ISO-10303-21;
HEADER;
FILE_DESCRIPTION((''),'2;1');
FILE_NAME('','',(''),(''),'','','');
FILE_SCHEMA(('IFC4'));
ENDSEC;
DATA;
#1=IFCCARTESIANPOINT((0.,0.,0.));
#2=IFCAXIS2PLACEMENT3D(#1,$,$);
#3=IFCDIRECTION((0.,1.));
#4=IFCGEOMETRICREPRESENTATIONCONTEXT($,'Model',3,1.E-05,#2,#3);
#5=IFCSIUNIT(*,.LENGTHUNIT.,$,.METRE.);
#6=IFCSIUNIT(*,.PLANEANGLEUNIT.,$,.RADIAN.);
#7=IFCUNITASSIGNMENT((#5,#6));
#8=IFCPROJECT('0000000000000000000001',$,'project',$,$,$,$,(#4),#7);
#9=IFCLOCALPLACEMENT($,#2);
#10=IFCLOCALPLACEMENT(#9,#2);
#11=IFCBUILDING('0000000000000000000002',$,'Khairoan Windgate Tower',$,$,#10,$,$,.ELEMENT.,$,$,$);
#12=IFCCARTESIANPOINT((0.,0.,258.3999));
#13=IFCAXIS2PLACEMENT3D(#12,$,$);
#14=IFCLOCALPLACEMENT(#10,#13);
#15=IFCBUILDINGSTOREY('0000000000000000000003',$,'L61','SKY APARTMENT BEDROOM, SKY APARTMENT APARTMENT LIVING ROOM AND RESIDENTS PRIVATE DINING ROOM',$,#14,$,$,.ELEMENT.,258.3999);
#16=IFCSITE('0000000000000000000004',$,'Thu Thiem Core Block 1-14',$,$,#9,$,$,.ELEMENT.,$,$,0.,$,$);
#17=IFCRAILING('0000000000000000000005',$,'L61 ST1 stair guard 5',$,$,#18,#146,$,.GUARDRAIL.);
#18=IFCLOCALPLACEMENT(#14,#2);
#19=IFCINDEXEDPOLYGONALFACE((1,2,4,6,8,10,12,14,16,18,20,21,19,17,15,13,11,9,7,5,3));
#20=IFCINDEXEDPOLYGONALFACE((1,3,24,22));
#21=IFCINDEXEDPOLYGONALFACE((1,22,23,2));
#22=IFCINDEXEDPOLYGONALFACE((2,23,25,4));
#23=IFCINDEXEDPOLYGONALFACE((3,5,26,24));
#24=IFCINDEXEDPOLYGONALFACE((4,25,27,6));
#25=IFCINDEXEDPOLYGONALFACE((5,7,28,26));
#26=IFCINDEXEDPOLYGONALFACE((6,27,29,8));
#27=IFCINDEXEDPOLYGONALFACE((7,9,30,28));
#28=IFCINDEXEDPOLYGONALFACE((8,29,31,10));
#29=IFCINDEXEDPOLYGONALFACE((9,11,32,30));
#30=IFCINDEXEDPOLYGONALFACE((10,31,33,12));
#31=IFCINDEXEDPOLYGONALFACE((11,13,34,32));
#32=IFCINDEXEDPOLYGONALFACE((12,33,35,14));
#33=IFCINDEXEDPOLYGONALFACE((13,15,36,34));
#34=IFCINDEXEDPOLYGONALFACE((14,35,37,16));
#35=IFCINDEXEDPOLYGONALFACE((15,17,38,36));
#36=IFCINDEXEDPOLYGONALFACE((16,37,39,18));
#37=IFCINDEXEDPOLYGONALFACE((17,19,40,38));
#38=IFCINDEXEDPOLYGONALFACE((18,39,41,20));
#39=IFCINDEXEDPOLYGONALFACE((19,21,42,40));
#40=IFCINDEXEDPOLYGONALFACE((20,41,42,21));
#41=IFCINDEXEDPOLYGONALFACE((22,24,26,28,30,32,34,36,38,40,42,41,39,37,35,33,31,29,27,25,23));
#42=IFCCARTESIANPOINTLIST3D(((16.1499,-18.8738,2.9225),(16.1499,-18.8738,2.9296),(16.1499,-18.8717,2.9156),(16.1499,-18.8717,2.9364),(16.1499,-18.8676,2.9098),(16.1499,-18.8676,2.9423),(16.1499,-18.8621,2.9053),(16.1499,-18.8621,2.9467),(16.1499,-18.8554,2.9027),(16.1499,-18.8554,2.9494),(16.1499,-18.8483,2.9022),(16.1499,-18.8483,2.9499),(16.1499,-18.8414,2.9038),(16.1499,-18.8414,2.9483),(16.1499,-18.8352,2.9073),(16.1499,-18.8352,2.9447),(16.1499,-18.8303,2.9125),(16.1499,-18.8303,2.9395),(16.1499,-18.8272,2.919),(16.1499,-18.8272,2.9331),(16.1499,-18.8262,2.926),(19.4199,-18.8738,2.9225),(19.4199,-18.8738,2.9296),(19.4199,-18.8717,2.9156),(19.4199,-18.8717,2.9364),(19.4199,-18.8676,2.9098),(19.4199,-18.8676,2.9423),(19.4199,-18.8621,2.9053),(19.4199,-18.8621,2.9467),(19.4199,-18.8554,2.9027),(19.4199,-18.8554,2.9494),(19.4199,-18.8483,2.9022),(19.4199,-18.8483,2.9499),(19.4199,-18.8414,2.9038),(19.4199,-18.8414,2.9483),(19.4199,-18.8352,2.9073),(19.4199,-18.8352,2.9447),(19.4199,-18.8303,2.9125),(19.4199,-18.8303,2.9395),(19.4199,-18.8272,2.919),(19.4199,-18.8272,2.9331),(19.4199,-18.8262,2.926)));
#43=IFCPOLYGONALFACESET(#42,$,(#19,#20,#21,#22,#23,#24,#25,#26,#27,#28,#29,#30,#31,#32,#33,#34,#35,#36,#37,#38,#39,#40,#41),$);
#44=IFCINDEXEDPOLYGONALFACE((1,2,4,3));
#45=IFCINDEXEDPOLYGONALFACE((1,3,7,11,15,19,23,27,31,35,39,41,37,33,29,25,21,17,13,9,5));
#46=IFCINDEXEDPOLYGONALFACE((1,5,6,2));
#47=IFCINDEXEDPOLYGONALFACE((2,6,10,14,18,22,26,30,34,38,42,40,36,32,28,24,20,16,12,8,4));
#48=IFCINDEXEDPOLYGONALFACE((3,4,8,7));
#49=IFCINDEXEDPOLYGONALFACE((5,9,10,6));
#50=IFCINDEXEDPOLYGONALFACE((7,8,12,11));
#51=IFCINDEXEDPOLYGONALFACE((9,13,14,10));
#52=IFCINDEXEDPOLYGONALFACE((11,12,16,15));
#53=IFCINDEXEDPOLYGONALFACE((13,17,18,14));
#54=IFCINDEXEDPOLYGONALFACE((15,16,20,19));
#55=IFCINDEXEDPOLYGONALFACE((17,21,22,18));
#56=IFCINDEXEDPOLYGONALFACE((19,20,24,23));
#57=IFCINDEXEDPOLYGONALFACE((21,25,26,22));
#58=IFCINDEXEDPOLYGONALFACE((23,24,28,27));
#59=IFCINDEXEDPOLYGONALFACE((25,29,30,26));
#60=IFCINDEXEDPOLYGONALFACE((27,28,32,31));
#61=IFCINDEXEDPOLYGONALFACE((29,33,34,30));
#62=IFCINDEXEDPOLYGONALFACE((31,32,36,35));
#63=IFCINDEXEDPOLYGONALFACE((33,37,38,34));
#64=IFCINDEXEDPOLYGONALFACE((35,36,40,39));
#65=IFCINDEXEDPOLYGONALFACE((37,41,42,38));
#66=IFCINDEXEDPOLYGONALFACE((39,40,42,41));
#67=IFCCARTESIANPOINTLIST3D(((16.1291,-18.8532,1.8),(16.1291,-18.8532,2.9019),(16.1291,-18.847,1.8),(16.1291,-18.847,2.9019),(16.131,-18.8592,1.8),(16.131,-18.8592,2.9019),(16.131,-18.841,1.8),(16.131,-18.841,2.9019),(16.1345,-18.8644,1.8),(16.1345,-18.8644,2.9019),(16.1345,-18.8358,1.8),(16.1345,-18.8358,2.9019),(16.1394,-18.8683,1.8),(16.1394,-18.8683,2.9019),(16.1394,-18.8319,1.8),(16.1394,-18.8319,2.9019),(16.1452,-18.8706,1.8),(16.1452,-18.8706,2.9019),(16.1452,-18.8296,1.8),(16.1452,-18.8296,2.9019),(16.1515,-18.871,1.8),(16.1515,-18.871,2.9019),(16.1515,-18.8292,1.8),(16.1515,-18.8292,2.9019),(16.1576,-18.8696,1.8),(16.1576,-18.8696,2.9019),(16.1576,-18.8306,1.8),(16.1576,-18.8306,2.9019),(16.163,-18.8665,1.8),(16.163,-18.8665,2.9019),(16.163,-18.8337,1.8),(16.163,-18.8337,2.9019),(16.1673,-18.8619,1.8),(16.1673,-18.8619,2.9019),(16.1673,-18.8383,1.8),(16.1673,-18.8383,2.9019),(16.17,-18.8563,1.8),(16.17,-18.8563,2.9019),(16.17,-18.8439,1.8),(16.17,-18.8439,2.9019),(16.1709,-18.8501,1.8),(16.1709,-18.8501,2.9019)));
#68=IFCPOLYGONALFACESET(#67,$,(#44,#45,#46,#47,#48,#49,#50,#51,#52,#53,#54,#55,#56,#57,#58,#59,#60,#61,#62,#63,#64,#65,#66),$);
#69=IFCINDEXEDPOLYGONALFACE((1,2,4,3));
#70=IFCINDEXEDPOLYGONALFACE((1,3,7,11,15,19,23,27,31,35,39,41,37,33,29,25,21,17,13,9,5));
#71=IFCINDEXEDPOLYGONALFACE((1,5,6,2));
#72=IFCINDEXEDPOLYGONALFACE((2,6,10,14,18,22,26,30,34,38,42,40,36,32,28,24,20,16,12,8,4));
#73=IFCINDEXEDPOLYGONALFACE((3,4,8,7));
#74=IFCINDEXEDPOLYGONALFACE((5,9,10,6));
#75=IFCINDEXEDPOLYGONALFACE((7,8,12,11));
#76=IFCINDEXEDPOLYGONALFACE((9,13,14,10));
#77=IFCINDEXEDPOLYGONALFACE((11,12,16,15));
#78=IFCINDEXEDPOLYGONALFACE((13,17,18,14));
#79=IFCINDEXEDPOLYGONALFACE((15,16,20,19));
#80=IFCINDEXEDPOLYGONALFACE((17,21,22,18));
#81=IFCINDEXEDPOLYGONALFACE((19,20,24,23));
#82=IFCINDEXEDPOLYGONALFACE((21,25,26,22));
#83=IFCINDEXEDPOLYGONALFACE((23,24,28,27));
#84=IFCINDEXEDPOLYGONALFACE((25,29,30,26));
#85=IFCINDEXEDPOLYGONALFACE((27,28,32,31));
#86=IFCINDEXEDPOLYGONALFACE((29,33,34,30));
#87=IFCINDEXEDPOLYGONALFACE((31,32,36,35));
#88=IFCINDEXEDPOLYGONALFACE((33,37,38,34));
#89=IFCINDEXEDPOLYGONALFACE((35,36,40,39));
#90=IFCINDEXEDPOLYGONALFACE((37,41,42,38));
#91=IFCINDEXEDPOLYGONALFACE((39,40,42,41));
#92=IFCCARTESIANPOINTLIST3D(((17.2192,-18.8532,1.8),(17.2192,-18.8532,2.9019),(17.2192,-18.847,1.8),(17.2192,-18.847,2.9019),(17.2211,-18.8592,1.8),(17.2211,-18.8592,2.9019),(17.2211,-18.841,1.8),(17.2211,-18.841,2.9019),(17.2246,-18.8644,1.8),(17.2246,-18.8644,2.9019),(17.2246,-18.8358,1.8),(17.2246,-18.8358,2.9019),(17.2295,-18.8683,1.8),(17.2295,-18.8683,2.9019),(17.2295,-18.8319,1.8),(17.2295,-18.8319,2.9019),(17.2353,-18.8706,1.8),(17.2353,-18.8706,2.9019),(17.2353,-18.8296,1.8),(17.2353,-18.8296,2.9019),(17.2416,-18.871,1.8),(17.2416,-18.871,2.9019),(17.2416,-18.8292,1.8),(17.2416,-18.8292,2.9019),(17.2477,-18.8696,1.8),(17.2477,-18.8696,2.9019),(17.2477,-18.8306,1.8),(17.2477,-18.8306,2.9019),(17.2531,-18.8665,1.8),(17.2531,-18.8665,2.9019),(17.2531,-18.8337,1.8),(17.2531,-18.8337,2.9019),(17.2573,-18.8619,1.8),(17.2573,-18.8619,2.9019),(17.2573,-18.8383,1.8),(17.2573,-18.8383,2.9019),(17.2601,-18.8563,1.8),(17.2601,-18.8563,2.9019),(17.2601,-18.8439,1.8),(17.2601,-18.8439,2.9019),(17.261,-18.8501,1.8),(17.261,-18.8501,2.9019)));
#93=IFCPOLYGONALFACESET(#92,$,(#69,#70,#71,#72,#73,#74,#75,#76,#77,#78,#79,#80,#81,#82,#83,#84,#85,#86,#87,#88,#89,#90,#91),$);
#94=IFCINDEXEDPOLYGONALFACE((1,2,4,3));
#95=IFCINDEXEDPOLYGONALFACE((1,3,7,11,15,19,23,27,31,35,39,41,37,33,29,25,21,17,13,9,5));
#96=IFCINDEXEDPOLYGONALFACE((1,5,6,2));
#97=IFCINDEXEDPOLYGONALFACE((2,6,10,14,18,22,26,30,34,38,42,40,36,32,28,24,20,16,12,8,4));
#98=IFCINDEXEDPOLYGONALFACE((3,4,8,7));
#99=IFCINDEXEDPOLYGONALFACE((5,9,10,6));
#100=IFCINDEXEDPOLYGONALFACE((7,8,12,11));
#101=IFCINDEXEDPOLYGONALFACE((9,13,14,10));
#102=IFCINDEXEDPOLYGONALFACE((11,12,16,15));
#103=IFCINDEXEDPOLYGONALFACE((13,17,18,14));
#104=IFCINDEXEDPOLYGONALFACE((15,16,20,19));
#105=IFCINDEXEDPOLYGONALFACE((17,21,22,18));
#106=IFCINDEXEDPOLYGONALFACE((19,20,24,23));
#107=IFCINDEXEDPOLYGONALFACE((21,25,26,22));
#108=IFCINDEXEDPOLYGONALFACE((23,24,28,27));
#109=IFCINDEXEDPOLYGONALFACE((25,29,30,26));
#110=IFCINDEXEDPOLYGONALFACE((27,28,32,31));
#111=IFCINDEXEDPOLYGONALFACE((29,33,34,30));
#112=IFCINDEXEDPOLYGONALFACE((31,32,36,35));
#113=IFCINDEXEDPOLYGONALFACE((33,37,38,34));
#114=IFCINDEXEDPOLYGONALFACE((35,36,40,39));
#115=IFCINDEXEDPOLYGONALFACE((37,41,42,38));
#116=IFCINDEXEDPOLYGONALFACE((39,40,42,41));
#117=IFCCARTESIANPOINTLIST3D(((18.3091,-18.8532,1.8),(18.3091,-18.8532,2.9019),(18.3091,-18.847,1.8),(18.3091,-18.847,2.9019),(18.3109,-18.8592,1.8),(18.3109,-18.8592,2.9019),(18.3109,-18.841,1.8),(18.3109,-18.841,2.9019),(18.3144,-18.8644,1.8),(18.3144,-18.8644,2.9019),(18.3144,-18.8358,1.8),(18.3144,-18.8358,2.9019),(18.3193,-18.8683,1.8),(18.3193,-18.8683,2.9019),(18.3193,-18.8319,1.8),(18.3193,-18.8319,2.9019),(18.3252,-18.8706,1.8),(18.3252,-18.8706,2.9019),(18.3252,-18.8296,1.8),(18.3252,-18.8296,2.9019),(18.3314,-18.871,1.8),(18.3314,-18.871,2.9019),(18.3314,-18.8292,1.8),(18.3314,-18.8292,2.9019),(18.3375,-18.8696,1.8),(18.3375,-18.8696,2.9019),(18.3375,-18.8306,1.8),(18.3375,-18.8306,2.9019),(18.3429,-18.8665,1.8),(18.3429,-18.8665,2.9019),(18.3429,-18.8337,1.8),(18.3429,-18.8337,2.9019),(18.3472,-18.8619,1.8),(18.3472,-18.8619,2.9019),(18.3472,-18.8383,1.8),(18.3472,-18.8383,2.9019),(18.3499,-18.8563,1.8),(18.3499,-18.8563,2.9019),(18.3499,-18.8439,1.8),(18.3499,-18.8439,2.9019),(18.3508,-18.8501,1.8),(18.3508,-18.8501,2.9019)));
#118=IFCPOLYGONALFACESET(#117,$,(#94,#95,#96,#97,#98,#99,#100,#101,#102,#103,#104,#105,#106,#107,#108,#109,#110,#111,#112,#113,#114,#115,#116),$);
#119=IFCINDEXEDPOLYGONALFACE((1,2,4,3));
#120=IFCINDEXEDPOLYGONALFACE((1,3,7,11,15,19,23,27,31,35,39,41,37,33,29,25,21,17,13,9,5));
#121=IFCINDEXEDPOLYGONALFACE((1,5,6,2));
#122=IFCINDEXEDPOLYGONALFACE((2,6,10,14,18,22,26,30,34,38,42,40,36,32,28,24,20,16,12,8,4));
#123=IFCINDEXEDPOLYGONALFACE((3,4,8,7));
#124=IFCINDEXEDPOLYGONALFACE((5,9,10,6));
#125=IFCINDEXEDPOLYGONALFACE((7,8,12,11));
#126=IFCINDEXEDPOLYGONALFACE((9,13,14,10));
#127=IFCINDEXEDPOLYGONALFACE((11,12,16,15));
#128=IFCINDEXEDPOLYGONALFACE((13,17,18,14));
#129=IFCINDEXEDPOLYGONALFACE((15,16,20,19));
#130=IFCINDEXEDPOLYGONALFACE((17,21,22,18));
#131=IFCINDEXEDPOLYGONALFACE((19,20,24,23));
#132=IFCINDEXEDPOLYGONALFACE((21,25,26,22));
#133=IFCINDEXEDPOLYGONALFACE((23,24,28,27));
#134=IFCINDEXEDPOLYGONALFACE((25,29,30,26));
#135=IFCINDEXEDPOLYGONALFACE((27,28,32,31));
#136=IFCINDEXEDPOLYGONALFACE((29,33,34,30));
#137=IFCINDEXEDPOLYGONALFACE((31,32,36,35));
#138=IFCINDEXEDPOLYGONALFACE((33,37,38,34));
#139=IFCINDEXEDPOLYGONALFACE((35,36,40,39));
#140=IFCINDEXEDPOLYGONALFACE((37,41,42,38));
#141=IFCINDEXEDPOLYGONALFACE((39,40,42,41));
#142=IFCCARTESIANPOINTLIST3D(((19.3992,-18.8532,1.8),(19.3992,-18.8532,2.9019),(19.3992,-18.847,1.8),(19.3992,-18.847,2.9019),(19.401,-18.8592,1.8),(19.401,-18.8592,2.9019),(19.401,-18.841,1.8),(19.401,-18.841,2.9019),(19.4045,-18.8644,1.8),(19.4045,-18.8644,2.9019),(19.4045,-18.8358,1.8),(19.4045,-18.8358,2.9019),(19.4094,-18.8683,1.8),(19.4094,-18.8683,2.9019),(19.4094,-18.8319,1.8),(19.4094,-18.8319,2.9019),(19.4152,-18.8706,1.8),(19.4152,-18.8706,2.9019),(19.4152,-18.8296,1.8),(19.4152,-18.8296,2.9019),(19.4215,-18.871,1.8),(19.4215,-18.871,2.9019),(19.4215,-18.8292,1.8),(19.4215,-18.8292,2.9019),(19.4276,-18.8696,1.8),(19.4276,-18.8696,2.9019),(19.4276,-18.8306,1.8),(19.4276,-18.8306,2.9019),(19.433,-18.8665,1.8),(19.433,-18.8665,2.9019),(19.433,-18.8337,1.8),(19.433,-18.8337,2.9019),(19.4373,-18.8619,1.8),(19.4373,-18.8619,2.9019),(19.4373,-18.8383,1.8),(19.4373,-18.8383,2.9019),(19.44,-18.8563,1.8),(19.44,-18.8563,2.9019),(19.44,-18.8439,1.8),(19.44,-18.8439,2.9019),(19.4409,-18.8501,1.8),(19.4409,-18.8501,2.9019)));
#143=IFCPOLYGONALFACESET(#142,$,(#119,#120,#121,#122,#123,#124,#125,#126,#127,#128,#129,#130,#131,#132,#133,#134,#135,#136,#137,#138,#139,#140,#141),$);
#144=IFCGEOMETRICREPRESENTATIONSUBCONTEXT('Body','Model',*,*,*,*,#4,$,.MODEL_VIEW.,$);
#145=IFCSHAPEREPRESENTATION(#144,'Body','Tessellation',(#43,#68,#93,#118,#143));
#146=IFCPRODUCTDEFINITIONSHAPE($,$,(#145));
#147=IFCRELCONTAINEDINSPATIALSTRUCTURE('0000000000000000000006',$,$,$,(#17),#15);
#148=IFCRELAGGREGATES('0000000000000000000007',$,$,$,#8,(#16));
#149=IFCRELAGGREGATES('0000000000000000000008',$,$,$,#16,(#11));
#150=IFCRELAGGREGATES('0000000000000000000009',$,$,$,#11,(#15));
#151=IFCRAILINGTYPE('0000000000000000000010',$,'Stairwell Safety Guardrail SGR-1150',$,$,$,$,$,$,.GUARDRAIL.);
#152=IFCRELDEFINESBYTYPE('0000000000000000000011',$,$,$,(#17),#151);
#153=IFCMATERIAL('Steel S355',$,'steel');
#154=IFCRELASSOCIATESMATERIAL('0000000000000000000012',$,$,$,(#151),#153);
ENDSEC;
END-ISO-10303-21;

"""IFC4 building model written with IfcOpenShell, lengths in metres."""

from ifc_helpers import new_model, si_unit, direction, frame, origin, origin_2d, place, context, subcontext, project, spatial, circle, extrude, material, type_object, element, save


model = new_model("IFC4")

# Units and contexts
model_context = context("Model", 3, precision=1e-05, world=origin(), true_north=direction((0.0, 1.0)))
body_context = subcontext(model_context, "Body", "Model", "MODEL_VIEW")
ifc_project = project(units=[si_unit("LENGTHUNIT", "METRE"), si_unit("PLANEANGLEUNIT", "RADIAN")], contexts=[model_context])

# Site, building, storey
site_placement = place(None, origin())
site = spatial("IfcSite", under=ifc_project, at=site_placement, Name="Thu Thiem Core Block 1-14", CompositionType="ELEMENT", RefElevation=0.0)
building_placement = place(site_placement, origin())
building = spatial("IfcBuilding", under=site, at=building_placement, Name="Khairoan Windgate Tower", CompositionType="ELEMENT")
storey_placement = place(building_placement, frame((0.0, 0.0, 258.3999)))
storey = spatial("IfcBuildingStorey", under=building, at=storey_placement, Name="L61", Description="SKY APARTMENT BEDROOM, SKY APARTMENT APARTMENT LIVING ROOM AND RESIDENTS PRIVATE DINING ROOM", CompositionType="ELEMENT", Elevation=258.3999)

# Railing
ifc_material_1 = material(Name="Steel S355", Category="steel")
railing_type = type_object("IfcRailingType", Name="Stairwell Safety Guardrail SGR-1150", PredefinedType="GUARDRAIL", material=ifc_material_1)
railing_1_placement = place(storey_placement, frame((16.1499, -18.8501, 1.8)))
element("IfcRailing", 1, at=railing_1_placement, inside=storey, type_object=railing_type, Name="L61 ST1 stair guard 5", PredefinedType="GUARDRAIL", context=body_context, shape_type="SweptSolid", body=[
    extrude(circle(Radius=0.0239, at=origin_2d()), frame((0.0, 0.0, 1.126), z_axis=(1.0, 0.0, 0.0), x_axis=(0.0, 1.0, 0.0)), (0.0, 0.0, 1.0), 3.27),
    extrude(circle(Radius=0.021, at=origin_2d()), origin(), (0.0, 0.0, 1.0), 1.1018),
    extrude(circle(Radius=0.021, at=origin_2d()), frame((1.0901, 0.0, 0.0)), (0.0, 0.0, 1.0), 1.1018),
    extrude(circle(Radius=0.021, at=origin_2d()), frame((2.1799, 0.0, 0.0)), (0.0, 0.0, 1.0), 1.1018),
    extrude(circle(Radius=0.021, at=origin_2d()), frame((3.27, 0.0, 0.0)), (0.0, 0.0, 1.0), 1.1018),
])

save(model, "model.ifc")
